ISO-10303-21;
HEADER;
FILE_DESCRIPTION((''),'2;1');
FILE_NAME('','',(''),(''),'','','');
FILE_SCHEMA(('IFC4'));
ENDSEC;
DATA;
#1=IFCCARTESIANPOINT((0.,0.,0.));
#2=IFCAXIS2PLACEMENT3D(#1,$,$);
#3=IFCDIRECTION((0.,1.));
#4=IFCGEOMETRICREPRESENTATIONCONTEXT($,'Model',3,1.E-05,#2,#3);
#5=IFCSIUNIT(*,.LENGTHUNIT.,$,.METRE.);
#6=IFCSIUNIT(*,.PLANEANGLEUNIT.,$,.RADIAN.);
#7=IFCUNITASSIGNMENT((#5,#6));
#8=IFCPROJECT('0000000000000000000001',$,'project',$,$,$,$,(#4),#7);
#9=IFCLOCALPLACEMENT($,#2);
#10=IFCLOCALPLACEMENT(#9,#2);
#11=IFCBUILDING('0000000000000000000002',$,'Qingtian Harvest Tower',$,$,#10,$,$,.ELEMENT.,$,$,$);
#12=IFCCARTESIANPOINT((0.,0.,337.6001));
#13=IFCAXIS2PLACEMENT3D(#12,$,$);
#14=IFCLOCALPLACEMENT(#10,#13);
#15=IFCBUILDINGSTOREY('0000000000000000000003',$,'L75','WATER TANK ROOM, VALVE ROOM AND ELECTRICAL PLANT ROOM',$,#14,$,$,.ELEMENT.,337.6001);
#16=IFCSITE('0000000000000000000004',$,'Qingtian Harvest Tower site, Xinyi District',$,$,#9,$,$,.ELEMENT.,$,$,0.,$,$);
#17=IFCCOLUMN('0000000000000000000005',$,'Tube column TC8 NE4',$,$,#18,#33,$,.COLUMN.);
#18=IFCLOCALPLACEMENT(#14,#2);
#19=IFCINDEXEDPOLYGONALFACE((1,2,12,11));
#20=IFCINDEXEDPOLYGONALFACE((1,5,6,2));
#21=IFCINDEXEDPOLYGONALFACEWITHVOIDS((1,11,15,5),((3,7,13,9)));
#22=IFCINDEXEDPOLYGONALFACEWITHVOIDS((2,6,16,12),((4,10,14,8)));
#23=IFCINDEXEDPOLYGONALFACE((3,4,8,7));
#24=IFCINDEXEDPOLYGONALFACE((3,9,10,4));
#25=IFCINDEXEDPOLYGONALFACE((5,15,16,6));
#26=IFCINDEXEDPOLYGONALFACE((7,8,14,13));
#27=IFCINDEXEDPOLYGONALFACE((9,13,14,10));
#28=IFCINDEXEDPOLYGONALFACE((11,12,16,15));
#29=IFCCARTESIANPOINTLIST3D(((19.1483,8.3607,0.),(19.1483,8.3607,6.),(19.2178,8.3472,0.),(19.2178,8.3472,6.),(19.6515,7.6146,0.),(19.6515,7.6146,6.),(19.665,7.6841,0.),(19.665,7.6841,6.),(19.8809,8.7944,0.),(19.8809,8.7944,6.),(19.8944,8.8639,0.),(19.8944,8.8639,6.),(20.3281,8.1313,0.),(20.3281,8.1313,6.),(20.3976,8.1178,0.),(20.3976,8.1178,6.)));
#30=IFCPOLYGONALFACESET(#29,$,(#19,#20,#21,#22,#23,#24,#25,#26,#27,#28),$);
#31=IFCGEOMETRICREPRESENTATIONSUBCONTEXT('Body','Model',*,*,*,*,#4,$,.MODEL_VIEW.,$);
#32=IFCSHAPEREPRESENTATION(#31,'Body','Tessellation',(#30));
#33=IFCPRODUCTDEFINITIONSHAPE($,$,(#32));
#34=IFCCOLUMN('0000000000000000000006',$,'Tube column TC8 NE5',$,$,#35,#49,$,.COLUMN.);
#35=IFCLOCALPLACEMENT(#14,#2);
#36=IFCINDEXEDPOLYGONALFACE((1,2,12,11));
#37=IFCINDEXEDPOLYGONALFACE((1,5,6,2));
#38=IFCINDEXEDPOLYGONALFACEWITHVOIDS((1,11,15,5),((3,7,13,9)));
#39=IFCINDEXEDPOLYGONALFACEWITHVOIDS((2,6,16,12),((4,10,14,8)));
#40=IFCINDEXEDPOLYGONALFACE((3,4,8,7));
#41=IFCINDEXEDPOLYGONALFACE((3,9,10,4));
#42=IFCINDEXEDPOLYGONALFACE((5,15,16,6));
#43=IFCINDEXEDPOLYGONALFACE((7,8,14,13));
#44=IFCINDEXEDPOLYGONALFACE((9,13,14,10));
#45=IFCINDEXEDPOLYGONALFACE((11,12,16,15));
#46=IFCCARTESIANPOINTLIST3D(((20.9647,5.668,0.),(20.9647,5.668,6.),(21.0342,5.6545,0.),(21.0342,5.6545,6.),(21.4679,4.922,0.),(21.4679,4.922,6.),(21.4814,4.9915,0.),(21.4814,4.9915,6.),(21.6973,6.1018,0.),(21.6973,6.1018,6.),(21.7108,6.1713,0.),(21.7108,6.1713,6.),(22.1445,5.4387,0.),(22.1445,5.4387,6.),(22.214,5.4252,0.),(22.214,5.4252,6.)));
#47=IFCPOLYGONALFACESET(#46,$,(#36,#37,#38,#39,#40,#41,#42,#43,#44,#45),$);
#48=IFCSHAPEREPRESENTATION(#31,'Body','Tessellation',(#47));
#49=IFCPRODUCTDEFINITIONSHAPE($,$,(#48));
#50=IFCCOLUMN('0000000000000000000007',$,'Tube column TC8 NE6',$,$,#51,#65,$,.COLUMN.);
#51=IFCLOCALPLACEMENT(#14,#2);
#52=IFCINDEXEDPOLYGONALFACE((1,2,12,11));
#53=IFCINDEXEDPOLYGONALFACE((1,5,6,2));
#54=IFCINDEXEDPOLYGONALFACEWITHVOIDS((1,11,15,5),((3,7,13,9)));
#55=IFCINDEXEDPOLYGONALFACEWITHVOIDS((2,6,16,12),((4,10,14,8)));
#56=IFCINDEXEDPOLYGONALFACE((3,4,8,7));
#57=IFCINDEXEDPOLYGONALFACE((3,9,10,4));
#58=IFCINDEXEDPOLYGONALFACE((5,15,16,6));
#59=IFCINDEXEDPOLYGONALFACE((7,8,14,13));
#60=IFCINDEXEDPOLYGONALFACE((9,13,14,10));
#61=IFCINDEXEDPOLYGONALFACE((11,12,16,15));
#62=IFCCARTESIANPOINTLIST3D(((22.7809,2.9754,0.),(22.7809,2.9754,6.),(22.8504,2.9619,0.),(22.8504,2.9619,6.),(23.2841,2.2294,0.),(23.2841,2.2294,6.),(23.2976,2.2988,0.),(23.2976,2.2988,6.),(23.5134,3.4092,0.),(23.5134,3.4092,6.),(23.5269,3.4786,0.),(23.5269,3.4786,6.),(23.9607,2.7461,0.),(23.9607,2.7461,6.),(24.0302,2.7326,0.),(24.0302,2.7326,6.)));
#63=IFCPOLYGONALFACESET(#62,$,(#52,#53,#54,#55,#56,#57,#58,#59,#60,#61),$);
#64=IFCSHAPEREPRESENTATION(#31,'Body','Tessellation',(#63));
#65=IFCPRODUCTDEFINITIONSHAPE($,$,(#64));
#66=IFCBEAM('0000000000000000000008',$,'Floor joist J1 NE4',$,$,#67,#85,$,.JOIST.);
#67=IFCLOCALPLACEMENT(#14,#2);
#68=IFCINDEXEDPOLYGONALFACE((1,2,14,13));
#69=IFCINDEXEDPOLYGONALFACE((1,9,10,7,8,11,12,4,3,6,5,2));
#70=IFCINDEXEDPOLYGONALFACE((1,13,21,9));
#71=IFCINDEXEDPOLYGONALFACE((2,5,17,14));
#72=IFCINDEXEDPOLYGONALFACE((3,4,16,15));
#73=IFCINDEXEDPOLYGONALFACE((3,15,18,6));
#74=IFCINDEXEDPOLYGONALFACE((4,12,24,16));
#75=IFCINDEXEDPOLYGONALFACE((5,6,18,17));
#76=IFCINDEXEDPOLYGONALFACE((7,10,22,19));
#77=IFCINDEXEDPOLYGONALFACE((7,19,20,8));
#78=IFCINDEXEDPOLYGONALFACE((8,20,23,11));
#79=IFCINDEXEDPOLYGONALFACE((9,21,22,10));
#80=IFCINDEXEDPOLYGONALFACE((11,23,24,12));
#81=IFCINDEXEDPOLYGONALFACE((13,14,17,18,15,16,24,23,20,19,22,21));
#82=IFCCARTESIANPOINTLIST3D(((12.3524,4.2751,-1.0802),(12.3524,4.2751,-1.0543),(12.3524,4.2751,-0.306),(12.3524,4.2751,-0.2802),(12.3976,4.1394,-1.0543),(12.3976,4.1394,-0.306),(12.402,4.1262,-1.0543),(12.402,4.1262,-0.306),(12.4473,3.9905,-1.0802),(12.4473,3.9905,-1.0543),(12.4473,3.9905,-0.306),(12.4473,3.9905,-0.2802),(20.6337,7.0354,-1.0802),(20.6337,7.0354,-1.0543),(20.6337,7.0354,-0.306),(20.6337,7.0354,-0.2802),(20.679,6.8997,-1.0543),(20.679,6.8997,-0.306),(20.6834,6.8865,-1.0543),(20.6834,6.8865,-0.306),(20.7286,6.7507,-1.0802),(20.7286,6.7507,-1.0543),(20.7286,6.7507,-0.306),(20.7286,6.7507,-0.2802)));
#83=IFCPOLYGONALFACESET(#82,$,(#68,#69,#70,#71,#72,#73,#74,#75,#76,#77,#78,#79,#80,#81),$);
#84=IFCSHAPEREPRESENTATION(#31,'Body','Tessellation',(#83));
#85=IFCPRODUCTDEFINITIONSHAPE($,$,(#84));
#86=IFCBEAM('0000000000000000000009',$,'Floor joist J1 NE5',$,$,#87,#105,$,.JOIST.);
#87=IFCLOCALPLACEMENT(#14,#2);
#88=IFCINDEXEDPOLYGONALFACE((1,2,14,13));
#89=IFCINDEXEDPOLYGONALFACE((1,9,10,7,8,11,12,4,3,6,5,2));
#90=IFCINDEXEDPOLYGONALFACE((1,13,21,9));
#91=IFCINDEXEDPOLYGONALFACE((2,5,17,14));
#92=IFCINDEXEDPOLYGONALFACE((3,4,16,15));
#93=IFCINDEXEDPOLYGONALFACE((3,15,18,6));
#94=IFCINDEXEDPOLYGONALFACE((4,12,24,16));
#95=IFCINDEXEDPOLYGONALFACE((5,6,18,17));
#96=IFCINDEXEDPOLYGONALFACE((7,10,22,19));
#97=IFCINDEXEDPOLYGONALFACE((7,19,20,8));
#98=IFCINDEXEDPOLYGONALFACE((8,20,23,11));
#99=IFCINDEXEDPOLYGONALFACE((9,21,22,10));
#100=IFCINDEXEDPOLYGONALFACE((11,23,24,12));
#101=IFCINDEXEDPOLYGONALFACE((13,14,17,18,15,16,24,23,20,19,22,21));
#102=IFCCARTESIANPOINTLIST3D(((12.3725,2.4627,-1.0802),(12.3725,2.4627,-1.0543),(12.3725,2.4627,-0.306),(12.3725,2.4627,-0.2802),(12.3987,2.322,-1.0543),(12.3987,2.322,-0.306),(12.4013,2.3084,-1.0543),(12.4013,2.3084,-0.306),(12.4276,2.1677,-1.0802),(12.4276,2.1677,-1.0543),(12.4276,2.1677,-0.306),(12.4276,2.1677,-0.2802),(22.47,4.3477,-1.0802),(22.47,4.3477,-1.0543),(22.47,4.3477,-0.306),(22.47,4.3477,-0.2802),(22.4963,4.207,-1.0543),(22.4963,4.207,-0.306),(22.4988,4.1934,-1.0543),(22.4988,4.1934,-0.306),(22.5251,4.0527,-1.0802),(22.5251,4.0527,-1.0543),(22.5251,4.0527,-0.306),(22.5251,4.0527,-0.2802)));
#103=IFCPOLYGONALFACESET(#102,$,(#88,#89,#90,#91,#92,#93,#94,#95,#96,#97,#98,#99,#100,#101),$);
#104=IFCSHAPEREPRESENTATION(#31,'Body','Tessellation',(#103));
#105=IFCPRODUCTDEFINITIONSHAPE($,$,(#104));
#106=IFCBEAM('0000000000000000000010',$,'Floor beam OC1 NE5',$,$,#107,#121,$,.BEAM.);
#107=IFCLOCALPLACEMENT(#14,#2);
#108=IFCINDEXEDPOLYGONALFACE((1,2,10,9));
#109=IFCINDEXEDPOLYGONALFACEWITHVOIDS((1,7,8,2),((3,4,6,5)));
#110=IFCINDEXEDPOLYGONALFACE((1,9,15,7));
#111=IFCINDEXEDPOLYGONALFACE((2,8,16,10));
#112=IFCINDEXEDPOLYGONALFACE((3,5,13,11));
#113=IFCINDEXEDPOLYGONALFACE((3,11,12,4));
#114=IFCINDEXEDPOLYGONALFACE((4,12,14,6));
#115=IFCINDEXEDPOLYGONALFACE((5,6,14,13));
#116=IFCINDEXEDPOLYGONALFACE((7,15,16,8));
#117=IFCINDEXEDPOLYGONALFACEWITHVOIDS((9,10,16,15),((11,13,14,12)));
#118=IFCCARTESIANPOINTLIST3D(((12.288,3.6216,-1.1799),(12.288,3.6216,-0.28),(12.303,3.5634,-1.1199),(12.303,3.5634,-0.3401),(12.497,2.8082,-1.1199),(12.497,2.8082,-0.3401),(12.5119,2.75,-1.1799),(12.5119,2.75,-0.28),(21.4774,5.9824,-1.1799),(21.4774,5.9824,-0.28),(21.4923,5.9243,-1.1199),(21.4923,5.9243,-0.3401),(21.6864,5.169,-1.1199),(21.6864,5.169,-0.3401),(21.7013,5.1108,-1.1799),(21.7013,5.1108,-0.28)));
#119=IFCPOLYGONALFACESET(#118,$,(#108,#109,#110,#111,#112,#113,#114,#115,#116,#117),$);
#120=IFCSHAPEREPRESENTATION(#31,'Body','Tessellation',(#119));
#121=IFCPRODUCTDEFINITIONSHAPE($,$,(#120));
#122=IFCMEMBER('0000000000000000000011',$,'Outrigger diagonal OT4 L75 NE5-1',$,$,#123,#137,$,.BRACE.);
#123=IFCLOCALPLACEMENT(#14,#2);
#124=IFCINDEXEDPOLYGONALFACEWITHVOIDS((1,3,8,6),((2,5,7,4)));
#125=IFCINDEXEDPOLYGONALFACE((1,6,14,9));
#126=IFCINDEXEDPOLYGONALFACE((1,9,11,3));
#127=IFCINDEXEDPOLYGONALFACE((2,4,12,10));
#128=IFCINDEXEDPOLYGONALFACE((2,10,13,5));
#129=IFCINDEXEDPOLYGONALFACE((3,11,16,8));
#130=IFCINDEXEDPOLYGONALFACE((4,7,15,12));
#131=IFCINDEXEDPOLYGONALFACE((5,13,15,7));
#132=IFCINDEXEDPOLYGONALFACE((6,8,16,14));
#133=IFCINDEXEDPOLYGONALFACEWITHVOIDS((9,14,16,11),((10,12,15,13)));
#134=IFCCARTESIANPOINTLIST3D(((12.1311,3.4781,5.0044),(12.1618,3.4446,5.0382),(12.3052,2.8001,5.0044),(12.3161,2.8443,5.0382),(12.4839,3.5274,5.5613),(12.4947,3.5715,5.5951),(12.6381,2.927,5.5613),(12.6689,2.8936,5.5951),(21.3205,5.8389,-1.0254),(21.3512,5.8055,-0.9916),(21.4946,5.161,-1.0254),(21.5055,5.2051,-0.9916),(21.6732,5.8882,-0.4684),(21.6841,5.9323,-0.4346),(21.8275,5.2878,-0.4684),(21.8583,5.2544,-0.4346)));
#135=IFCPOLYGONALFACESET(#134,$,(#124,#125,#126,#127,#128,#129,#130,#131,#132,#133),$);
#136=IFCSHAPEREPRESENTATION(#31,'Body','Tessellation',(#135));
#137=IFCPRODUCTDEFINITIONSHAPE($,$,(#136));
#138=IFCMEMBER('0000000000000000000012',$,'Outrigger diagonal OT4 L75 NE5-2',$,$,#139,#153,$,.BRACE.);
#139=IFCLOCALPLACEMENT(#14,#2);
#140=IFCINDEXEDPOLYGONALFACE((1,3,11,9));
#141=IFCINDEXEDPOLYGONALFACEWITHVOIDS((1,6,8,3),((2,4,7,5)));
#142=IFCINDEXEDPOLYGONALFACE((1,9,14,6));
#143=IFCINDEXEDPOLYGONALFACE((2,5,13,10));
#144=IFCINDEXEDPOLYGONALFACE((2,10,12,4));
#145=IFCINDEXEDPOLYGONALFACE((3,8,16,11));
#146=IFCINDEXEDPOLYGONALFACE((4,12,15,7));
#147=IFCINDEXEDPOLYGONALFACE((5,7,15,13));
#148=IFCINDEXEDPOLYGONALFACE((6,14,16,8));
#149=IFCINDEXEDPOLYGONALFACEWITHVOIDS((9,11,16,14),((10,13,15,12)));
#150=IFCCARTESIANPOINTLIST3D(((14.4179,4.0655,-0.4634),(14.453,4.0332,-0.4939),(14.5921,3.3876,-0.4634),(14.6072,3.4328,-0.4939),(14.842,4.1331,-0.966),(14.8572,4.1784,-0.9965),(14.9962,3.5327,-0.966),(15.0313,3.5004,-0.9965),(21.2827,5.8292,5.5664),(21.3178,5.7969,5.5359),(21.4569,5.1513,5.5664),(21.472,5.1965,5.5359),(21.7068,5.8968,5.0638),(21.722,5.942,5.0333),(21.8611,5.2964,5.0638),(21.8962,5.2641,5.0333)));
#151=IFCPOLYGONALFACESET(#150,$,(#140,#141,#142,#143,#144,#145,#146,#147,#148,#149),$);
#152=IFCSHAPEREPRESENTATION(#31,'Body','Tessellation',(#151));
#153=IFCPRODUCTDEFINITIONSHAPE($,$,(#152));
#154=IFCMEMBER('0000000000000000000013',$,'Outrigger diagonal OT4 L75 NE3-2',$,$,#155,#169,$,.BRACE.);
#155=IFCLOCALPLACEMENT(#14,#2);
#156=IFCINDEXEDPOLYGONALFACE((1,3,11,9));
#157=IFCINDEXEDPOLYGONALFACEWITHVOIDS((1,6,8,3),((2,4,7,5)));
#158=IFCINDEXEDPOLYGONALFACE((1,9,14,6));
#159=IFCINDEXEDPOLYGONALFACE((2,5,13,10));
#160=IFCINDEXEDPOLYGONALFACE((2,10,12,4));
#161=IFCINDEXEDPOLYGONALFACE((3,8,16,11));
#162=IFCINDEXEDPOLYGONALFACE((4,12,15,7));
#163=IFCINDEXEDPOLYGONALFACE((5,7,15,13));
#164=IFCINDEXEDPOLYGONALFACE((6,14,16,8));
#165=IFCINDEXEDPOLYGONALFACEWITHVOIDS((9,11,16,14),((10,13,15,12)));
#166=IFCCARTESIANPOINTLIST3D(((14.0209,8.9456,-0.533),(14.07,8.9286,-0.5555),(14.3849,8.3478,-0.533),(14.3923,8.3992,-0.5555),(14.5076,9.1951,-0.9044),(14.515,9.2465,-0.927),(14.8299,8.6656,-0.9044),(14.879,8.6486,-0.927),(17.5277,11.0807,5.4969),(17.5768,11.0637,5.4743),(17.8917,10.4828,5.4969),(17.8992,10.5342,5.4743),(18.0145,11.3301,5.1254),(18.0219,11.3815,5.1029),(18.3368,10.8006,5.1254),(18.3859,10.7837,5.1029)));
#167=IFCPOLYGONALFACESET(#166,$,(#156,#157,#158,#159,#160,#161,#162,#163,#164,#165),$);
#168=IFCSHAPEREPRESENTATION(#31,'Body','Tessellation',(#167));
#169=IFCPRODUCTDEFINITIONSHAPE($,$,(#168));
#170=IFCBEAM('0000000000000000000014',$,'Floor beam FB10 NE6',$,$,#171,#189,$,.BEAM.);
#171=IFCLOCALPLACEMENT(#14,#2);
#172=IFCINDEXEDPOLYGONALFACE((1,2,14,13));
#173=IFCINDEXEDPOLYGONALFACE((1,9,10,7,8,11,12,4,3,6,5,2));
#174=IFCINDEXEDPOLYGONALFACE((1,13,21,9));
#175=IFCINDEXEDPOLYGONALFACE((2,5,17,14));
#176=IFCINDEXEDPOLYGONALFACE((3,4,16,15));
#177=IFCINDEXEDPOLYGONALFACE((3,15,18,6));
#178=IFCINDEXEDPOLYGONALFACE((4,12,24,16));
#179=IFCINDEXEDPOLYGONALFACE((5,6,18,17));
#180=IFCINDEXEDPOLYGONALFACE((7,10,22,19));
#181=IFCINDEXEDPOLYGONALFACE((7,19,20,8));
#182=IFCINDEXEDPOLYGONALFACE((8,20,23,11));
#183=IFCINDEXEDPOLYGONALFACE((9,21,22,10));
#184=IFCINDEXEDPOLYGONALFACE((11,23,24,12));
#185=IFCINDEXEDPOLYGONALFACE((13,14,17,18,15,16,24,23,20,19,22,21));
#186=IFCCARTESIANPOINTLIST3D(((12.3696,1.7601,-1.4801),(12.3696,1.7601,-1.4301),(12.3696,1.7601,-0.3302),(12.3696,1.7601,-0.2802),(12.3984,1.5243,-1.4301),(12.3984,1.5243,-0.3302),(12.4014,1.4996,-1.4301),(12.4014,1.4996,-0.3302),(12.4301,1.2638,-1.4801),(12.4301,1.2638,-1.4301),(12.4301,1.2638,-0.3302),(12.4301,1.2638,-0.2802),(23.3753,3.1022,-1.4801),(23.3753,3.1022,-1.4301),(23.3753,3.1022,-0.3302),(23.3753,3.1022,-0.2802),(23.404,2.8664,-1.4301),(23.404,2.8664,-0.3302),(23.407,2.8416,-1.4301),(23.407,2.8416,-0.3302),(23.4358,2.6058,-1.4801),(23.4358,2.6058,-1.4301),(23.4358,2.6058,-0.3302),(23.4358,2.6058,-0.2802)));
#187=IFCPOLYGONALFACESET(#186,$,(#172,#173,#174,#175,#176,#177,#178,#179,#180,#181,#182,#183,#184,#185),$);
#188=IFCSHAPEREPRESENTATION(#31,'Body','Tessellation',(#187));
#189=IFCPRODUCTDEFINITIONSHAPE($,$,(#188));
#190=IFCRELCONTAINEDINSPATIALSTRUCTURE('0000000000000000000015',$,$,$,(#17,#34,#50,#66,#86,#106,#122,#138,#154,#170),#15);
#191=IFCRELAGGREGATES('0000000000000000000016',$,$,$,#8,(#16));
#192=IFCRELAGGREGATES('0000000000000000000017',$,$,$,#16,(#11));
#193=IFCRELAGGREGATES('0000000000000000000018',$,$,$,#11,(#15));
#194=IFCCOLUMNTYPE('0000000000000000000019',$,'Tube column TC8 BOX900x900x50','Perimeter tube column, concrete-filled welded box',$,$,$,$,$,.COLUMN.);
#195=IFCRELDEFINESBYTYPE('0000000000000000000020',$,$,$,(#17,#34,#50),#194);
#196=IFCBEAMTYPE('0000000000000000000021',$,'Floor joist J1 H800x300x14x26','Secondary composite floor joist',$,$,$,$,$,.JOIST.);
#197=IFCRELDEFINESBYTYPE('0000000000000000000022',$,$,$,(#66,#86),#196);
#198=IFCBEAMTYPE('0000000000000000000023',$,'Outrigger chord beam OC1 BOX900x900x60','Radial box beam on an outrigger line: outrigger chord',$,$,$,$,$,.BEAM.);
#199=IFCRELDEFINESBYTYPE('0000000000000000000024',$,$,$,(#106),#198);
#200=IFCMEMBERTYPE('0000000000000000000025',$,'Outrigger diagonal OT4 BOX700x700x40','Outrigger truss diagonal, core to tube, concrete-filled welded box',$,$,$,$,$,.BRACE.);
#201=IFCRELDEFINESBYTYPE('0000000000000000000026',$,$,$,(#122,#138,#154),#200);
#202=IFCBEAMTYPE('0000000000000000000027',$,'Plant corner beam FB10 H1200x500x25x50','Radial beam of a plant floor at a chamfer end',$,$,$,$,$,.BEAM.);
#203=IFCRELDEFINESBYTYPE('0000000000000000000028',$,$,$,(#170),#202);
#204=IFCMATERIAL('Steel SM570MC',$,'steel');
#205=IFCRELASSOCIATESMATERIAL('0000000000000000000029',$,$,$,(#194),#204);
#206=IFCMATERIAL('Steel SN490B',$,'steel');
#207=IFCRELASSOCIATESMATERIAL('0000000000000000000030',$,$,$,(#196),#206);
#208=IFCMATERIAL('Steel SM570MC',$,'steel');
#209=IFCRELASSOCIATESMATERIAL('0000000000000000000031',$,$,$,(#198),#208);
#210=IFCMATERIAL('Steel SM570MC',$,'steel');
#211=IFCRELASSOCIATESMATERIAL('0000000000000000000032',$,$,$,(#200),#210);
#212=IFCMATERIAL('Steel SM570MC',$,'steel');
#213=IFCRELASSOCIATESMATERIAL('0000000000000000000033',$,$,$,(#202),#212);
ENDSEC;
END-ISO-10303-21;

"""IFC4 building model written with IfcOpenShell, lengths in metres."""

from ifc_helpers import new_model, si_unit, direction, frame, origin, origin_2d, place, context, subcontext, project, spatial, hollow_rectangle, i_section, extrude, material, material_profile, profile_set, type_object, element, save


model = new_model("IFC4")

# Units and contexts
model_context = context("Model", 3, precision=1e-05, world=origin(), true_north=direction((0.0, 1.0)))
body_context = subcontext(model_context, "Body", "Model", "MODEL_VIEW")
ifc_project = project(units=[si_unit("LENGTHUNIT", "METRE"), si_unit("PLANEANGLEUNIT", "RADIAN")], contexts=[model_context])

# Site, building, storey
site_placement = place(None, origin())
site = spatial("IfcSite", under=ifc_project, at=site_placement, Name="Qingtian Harvest Tower site, Xinyi District", CompositionType="ELEMENT", RefElevation=0.0)
building_placement = place(site_placement, origin())
building = spatial("IfcBuilding", under=site, at=building_placement, Name="Qingtian Harvest Tower", CompositionType="ELEMENT")
storey_placement = place(building_placement, frame((0.0, 0.0, 337.6001)))
storey = spatial("IfcBuildingStorey", under=building, at=storey_placement, Name="L75", Description="WATER TANK ROOM, VALVE ROOM AND ELECTRICAL PLANT ROOM", CompositionType="ELEMENT", Elevation=337.6001)

# Columns
ifc_material_1 = material(Name="Steel SM570MC", Category="steel")
ifc_material_profile_1 = material_profile(ifc_material_1, hollow_rectangle(XDim=0.8999, YDim=0.8999, WallThickness=0.05, at=origin_2d()), Name="BOX900x900x50")
ifc_profile_set_1 = profile_set([ifc_material_profile_1], Name="Steel SM570MC")
column_type = type_object("IfcColumnType", Name="Tube column TC8 BOX900x900x50", Description="Perimeter tube column, concrete-filled welded box", PredefinedType="COLUMN", material=ifc_profile_set_1)
for number, where, z_axis, x_axis, name in (
    (1, (19.7729, 8.2393, 0.0), (0.0, 0.0, 1.0), (-0.559193, 0.829038, 0.0), "Tube column TC8 NE4"),
    (2, (21.5894, 5.5466, 0.0), (0.0, 0.0, 1.0), (-0.559193, 0.829038, 0.0), "Tube column TC8 NE5"),
    (3, (23.4055, 2.854, 0.0), (0.0, 0.0, 1.0), (-0.559193, 0.829038, 0.0), "Tube column TC8 NE6"),
):
    element("IfcColumn", number, at=place(storey_placement, frame(where, z_axis=z_axis, x_axis=x_axis)), inside=storey, type_object=column_type, Name=name, PredefinedType="COLUMN", context=body_context, shape_type="SweptSolid", body=[
        extrude(hollow_rectangle(XDim=0.8999, YDim=0.8999, WallThickness=0.05, at=origin_2d()), origin(), (0.0, 0.0, 1.0), 6.0),
    ])

# Beams
ifc_material_2 = material(Name="Steel SN490B", Category="steel")
ifc_material_profile_2 = material_profile(ifc_material_2, i_section(OverallWidth=0.3, OverallDepth=0.8, WebThickness=0.0139, FlangeThickness=0.0259, at=origin_2d()), Name="H800x300x14x26")
ifc_profile_set_2 = profile_set([ifc_material_profile_2], Name="Steel SN490B")
beam_type_1 = type_object("IfcBeamType", Name="Floor joist J1 H800x300x14x26", Description="Secondary composite floor joist", PredefinedType="JOIST", material=ifc_profile_set_2)
beam_1_placement = place(storey_placement, frame((20.6812, 6.8931, -0.6802), z_axis=(-0.948689, -0.316211, 0.0), x_axis=(0.316211, -0.948689, 0.0)))
element("IfcBeam", 4, at=beam_1_placement, inside=storey, type_object=beam_type_1, Name="Floor joist J1 NE4", PredefinedType="JOIST", context=body_context, shape_type="SweptSolid", body=[
    extrude(i_section(OverallWidth=0.3, OverallDepth=0.8, WebThickness=0.0139, FlangeThickness=0.0259, at=origin_2d()), origin(), (0.0, 0.0, 1.0), 8.7292),
])
beam_2_placement = place(storey_placement, frame((22.4976, 4.2002, -0.6802), z_axis=(-0.983018, -0.183508, 0.0), x_axis=(0.183508, -0.983018, 0.0)))
element("IfcBeam", 5, at=beam_2_placement, inside=storey, type_object=beam_type_1, Name="Floor joist J1 NE5", PredefinedType="JOIST", context=body_context, shape_type="SweptSolid", body=[
    extrude(i_section(OverallWidth=0.3, OverallDepth=0.8, WebThickness=0.0139, FlangeThickness=0.0259, at=origin_2d()), origin(), (0.0, 0.0, 1.0), 10.272),
])
ifc_material_3 = material(Name="Steel SM570MC", Category="steel")
ifc_material_profile_3 = material_profile(ifc_material_3, hollow_rectangle(XDim=0.8999, YDim=0.8999, WallThickness=0.0601, at=origin_2d()), Name="BOX900x900x60")
ifc_profile_set_3 = profile_set([ifc_material_profile_3], Name="Steel SM570MC")
beam_type_2 = type_object("IfcBeamType", Name="Outrigger chord beam OC1 BOX900x900x60", Description="Radial box beam on an outrigger line: outrigger chord", PredefinedType="BEAM", material=ifc_profile_set_3)
beam_3_placement = place(storey_placement, frame((21.5894, 5.5466, -0.73), z_axis=(-0.968548, -0.248827, 0.0), x_axis=(0.248827, -0.968548, 0.0)))
element("IfcBeam", 6, at=beam_3_placement, inside=storey, type_object=beam_type_2, Name="Floor beam OC1 NE5", PredefinedType="BEAM", context=body_context, shape_type="SweptSolid", body=[
    extrude(hollow_rectangle(XDim=0.8999, YDim=0.8999, WallThickness=0.0601, at=origin_2d()), origin(), (0.0, 0.0, 1.0), 9.4878),
])

# Members
ifc_material_4 = material(Name="Steel SM570MC", Category="steel")
ifc_material_profile_4 = material_profile(ifc_material_4, hollow_rectangle(XDim=0.7, YDim=0.7, WallThickness=0.04, at=origin_2d()), Name="BOX700x700x40")
ifc_profile_set_4 = profile_set([ifc_material_profile_4], Name="Steel SM570MC")
member_type = type_object("IfcMemberType", Name="Outrigger diagonal OT4 BOX700x700x40", Description="Outrigger truss diagonal, core to tube, concrete-filled welded box", PredefinedType="BRACE", material=ifc_profile_set_4)
member_1_placement = place(storey_placement, frame((21.5894, 5.5466, -0.73), z_axis=(-0.817437, -0.210006, 0.536372), x_axis=(0.248827, -0.968548, 0.0)))
element("IfcMember", 7, at=member_1_placement, inside=storey, type_object=member_type, Name="Outrigger diagonal OT4 L75 NE5-1", PredefinedType="BRACE", context=body_context, shape_type="SweptSolid", body=[
    extrude(hollow_rectangle(XDim=0.7, YDim=0.7, WallThickness=0.04, at=origin_2d()), origin(), (0.0, 0.0, 1.0), 11.2417),
])
member_2_placement = place(storey_placement, frame((14.7246, 3.783, -0.73), z_axis=(0.737703, 0.189529, 0.647976), x_axis=(-0.248836, 0.968546, 0.0)))
element("IfcMember", 8, at=member_2_placement, inside=storey, type_object=member_type, Name="Outrigger diagonal OT4 L75 NE5-2", PredefinedType="BRACE", context=body_context, shape_type="SweptSolid", body=[
    extrude(hollow_rectangle(XDim=0.7, YDim=0.7, WallThickness=0.04, at=origin_2d()), origin(), (0.0, 0.0, 1.0), 9.3057),
])
member_3_placement = place(storey_placement, frame((14.45, 8.7971, -0.73), z_axis=(0.480729, 0.292675, 0.826584), x_axis=(-0.520021, 0.854154, 0.0)))
element("IfcMember", 9, at=member_3_placement, inside=storey, type_object=member_type, Name="Outrigger diagonal OT4 L75 NE3-2", PredefinedType="BRACE", context=body_context, shape_type="SweptSolid", body=[
    extrude(hollow_rectangle(XDim=0.7, YDim=0.7, WallThickness=0.04, at=origin_2d()), origin(), (0.0, 0.0, 1.0), 7.2949),
])

# Beam
ifc_material_5 = material(Name="Steel SM570MC", Category="steel")
ifc_material_profile_5 = material_profile(ifc_material_5, i_section(OverallWidth=0.5, OverallDepth=1.2, WebThickness=0.0249, FlangeThickness=0.05, at=origin_2d()), Name="H1200x500x25x50")
ifc_profile_set_5 = profile_set([ifc_material_profile_5], Name="Steel SM570MC")
beam_type_3 = type_object("IfcBeamType", Name="Plant corner beam FB10 H1200x500x25x50", Description="Radial beam of a plant floor at a chamfer end", PredefinedType="BEAM", material=ifc_profile_set_5)
beam_4_placement = place(storey_placement, frame((23.4055, 2.854, -0.8801), z_axis=(-0.992647, -0.121045, 0.0), x_axis=(0.121045, -0.992647, 0.0)))
element("IfcBeam", 10, at=beam_4_placement, inside=storey, type_object=beam_type_3, Name="Floor beam FB10 NE6", PredefinedType="BEAM", context=body_context, shape_type="SweptSolid", body=[
    extrude(i_section(OverallWidth=0.5, OverallDepth=1.2, WebThickness=0.0249, FlangeThickness=0.05, at=origin_2d()), origin(), (0.0, 0.0, 1.0), 11.0872),
])

save(model, "model.ifc")
